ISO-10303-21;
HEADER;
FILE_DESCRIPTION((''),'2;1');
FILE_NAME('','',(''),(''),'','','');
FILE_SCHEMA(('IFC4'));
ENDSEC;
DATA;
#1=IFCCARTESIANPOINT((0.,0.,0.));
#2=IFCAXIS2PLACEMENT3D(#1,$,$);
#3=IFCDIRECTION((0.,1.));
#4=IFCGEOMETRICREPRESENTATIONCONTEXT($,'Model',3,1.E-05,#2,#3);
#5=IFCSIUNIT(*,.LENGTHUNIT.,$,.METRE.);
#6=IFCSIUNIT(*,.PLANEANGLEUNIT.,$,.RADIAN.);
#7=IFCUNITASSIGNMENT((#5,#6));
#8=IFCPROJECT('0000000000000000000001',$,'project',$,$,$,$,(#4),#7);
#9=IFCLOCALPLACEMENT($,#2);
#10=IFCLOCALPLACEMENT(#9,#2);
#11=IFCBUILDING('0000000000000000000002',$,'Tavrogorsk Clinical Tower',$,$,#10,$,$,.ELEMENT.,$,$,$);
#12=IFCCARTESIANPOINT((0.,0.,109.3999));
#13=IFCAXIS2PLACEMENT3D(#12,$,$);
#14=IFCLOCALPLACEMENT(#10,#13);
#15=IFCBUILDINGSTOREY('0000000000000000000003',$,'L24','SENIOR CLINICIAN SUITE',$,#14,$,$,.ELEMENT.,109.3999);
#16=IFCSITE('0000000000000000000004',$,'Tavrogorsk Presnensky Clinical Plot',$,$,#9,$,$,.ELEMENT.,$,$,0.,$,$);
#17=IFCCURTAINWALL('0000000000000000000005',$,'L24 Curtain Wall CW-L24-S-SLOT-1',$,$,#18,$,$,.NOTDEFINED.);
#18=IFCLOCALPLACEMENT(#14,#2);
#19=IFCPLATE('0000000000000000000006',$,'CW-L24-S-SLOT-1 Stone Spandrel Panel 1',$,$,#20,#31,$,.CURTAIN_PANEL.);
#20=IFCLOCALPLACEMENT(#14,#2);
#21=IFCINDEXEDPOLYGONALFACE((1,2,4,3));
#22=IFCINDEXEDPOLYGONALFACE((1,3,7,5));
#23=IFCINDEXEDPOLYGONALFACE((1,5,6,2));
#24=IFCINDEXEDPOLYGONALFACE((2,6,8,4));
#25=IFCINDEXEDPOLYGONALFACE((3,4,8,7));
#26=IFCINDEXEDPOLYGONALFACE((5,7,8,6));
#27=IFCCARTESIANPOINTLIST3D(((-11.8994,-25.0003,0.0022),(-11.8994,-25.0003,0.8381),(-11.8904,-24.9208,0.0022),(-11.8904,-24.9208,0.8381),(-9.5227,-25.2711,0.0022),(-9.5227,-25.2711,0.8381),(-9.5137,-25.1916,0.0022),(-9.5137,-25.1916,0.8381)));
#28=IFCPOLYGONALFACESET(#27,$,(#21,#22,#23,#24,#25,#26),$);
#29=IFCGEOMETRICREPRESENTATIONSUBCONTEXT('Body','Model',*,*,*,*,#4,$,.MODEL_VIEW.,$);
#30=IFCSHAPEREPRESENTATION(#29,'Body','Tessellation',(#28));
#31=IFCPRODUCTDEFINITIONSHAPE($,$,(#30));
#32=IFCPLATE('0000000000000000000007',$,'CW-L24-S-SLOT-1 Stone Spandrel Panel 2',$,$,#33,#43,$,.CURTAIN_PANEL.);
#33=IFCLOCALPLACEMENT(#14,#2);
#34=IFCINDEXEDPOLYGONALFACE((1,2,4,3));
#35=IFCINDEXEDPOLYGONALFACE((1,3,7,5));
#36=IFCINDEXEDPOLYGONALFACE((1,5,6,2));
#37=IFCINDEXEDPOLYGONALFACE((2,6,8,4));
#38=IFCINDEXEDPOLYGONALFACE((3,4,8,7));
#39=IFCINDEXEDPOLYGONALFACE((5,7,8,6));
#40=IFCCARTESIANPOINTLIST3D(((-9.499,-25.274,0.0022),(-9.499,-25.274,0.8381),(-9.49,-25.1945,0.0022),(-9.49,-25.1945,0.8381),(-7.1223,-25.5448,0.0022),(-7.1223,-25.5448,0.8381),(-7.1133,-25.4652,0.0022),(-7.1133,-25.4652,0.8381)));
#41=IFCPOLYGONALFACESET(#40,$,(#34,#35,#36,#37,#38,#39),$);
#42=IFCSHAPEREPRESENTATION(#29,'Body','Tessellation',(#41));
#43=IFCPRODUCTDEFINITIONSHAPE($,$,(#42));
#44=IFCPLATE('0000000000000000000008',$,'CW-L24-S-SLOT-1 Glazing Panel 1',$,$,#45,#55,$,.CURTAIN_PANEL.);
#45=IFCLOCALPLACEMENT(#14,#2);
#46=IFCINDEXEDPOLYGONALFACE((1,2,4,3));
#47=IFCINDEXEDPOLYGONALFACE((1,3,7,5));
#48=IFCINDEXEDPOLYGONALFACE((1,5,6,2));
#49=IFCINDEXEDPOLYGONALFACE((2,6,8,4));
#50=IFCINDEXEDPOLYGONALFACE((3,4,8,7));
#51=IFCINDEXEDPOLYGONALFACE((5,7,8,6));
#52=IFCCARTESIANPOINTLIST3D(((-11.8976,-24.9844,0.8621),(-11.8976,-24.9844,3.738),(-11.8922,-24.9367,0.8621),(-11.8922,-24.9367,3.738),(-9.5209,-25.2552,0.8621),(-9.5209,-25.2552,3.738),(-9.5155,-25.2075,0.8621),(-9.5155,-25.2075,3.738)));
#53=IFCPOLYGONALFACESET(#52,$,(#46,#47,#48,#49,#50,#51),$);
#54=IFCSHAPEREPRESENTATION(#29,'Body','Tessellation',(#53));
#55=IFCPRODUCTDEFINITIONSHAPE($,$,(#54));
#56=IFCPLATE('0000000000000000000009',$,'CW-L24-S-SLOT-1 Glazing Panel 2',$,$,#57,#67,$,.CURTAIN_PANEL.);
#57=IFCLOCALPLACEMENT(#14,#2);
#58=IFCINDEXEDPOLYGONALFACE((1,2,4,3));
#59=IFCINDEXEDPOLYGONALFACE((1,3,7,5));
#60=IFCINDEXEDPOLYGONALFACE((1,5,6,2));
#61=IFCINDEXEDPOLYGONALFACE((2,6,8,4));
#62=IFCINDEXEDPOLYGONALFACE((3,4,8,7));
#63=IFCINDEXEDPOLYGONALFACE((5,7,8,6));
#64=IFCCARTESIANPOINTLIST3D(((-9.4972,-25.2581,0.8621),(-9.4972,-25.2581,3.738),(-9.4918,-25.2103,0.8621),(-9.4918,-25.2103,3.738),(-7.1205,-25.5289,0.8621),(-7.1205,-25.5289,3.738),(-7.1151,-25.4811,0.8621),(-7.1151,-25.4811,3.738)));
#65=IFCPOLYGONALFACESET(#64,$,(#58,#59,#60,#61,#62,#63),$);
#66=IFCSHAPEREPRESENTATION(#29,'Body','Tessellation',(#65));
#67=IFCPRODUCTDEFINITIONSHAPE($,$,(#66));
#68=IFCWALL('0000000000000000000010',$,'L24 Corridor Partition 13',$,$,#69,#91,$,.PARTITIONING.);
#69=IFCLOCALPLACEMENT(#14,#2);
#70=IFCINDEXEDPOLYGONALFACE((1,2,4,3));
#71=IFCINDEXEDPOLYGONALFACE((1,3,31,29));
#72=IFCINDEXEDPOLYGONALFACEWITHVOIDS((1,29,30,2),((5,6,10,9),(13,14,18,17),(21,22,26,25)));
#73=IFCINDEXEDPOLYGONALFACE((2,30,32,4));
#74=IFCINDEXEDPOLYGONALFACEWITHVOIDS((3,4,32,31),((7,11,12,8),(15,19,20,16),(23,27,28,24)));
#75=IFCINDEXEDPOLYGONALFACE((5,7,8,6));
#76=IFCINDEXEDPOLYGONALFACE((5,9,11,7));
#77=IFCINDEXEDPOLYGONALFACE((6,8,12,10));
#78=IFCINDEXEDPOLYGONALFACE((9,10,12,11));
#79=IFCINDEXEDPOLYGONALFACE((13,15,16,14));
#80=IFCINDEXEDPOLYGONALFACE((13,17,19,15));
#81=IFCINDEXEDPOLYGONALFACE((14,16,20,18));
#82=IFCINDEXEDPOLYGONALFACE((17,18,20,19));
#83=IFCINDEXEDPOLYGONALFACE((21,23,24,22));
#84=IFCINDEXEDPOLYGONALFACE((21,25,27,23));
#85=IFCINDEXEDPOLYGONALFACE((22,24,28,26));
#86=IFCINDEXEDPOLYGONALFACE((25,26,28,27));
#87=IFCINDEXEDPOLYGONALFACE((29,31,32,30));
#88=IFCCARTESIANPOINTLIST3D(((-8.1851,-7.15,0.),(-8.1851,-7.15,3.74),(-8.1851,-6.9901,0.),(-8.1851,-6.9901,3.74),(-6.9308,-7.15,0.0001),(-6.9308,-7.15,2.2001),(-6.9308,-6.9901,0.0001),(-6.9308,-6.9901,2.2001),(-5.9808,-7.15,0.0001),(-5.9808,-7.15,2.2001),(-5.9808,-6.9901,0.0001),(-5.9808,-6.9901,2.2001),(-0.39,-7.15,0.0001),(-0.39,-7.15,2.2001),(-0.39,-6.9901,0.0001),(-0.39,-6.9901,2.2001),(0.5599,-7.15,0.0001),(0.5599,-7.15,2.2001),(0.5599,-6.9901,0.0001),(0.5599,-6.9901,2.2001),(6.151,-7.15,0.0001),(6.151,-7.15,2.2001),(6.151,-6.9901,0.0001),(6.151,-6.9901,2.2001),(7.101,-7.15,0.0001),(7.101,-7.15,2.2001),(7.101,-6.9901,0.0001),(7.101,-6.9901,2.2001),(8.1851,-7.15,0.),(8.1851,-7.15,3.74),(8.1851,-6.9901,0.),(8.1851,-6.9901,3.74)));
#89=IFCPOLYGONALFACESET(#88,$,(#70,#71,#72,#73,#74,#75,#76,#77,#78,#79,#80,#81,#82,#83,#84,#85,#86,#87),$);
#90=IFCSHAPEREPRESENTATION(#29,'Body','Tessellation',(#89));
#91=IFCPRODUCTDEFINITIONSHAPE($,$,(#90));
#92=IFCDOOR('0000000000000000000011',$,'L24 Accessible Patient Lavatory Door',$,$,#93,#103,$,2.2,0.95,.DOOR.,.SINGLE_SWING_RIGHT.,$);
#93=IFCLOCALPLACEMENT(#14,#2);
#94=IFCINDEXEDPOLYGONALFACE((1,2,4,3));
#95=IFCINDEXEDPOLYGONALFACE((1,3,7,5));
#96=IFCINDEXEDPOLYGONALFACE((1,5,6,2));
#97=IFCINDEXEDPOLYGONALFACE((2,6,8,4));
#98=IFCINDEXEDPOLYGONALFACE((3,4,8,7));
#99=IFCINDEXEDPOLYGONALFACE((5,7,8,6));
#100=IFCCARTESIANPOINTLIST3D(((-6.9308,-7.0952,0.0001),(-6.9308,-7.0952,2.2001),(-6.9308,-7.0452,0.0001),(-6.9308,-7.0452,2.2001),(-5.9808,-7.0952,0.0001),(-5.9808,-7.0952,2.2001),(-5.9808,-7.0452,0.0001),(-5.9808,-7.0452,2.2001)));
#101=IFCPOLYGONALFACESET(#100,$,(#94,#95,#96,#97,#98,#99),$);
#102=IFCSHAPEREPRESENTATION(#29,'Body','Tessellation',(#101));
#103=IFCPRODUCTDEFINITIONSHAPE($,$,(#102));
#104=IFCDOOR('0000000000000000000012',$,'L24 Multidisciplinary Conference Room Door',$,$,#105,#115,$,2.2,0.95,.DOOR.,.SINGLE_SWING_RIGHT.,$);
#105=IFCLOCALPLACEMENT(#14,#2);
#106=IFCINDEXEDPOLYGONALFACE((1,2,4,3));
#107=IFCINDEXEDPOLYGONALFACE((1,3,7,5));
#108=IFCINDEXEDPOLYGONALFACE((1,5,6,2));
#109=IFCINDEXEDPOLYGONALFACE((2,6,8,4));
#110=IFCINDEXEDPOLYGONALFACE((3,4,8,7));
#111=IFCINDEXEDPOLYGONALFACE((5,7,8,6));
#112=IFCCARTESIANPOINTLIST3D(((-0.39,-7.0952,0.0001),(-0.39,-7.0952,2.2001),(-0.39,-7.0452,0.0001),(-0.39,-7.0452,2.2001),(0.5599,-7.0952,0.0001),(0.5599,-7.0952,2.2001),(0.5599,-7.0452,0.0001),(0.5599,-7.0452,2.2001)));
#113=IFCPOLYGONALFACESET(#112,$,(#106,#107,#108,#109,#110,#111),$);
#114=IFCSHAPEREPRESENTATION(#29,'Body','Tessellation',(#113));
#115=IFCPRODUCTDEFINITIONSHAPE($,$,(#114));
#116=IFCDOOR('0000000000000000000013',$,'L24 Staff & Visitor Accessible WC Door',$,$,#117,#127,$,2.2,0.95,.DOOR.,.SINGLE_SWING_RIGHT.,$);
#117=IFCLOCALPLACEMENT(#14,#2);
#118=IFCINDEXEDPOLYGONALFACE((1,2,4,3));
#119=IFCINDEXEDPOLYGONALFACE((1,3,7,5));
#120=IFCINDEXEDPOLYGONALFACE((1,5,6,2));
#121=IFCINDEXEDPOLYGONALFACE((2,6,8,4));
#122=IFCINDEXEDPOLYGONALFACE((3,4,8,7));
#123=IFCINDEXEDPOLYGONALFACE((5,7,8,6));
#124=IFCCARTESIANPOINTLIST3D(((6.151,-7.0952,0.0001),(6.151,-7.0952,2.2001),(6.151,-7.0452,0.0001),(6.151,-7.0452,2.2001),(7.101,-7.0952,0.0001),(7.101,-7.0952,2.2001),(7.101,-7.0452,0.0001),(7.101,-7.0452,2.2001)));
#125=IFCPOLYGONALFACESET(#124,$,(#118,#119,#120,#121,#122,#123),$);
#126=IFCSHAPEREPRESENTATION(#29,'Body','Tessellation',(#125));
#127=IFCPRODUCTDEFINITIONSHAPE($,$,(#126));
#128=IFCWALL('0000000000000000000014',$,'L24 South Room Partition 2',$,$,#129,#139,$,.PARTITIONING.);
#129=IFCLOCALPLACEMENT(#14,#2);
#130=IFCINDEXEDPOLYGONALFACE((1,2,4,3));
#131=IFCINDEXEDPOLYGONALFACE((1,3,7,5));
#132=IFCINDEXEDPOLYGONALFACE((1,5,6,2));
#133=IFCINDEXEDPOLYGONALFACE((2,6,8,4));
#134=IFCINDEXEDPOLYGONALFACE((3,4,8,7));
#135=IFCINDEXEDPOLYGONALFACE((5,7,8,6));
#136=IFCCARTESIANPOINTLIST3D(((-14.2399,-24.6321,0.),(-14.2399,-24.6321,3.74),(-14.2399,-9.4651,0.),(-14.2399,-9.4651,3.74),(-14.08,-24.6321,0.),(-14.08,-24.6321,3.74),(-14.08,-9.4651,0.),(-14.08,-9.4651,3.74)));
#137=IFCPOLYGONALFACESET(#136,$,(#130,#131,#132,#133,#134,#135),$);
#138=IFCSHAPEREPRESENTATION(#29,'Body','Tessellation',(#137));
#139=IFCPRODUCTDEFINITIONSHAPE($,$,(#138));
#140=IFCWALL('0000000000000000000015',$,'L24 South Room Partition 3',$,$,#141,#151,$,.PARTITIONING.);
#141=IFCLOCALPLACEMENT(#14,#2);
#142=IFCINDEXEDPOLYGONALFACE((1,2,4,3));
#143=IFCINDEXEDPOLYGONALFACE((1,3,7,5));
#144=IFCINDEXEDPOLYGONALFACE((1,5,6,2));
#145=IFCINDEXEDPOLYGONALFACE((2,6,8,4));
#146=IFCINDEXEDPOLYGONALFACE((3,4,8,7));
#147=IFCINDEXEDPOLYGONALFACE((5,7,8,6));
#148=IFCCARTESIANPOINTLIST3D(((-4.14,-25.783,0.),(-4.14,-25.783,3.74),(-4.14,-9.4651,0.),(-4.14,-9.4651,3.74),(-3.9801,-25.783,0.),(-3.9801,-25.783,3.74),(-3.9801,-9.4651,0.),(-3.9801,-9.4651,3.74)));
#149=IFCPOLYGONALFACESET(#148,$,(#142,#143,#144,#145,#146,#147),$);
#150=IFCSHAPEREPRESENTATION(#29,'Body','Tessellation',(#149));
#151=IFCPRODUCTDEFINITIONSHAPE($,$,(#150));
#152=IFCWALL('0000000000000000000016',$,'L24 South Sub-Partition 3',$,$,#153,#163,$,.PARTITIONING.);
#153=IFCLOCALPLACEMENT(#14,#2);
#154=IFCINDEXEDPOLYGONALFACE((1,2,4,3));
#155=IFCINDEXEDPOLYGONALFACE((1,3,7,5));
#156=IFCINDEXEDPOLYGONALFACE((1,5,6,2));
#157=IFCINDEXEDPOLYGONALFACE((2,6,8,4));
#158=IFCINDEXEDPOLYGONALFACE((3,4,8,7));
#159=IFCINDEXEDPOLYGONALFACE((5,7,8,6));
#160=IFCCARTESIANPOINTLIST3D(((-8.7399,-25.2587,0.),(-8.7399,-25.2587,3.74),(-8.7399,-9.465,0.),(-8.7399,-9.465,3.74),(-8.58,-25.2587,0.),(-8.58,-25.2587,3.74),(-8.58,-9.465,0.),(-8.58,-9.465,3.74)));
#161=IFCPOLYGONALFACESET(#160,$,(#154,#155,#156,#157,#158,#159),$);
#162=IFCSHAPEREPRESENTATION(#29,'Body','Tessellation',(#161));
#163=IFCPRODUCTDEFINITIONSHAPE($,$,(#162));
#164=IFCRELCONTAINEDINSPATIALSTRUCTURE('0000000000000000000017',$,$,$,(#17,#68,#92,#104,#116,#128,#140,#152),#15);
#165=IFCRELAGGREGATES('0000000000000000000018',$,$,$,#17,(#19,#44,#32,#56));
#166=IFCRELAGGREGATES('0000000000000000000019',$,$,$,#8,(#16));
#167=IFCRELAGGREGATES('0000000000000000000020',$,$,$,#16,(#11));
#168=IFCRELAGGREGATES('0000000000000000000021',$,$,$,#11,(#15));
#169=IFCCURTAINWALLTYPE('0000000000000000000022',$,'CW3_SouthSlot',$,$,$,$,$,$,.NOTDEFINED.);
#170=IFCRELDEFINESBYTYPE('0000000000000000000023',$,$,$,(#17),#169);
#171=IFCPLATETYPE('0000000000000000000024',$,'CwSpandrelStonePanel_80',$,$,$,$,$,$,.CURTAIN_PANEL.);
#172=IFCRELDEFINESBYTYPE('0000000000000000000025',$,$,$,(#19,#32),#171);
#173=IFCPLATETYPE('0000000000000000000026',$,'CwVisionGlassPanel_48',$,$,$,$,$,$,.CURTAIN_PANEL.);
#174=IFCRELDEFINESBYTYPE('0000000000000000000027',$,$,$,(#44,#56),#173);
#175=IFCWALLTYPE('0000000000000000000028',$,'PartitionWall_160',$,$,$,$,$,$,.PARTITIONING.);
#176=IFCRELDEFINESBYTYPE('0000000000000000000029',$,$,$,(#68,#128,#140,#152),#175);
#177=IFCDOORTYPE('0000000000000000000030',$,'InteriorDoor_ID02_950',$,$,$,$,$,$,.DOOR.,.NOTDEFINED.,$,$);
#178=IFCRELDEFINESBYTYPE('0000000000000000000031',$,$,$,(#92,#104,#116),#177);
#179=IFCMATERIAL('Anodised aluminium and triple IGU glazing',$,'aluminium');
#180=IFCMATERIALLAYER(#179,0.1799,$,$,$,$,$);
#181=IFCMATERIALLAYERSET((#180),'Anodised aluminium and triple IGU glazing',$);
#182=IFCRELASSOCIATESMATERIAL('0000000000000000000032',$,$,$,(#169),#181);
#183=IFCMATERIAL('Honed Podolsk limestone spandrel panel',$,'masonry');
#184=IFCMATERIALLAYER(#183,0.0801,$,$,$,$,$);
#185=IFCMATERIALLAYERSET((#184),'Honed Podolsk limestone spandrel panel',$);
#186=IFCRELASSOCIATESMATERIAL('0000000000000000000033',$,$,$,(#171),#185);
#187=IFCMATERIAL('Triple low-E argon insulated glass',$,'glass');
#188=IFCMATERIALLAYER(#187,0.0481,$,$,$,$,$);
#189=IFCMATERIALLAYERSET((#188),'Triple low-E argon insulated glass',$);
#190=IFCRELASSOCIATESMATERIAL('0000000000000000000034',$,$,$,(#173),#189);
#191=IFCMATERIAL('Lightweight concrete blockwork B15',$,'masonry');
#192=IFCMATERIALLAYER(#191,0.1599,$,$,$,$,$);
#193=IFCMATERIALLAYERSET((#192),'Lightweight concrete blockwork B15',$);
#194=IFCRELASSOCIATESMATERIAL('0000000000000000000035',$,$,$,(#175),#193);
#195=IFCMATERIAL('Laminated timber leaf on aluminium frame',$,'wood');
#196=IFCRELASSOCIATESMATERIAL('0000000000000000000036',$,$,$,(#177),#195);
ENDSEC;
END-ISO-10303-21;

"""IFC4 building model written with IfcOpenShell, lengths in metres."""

from ifc_helpers import new_model, si_unit, direction, frame, frame_2d, origin, origin_2d, place, context, subcontext, project, spatial, rectangle, extrude, material, layer, layer_set, type_object, element, fill, aggregate, save


model = new_model("IFC4")

# Units and contexts
model_context = context("Model", 3, precision=1e-05, world=origin(), true_north=direction((0.0, 1.0)))
body_context = subcontext(model_context, "Body", "Model", "MODEL_VIEW")
ifc_project = project(units=[si_unit("LENGTHUNIT", "METRE"), si_unit("PLANEANGLEUNIT", "RADIAN")], contexts=[model_context])

# Site, building, storey
site_placement = place(None, origin())
site = spatial("IfcSite", under=ifc_project, at=site_placement, Name="Tavrogorsk Presnensky Clinical Plot", CompositionType="ELEMENT", RefElevation=0.0)
building_placement = place(site_placement, origin())
building = spatial("IfcBuilding", under=site, at=building_placement, Name="Tavrogorsk Clinical Tower", CompositionType="ELEMENT")
storey_placement = place(building_placement, frame((0.0, 0.0, 109.3999)))
storey = spatial("IfcBuildingStorey", under=building, at=storey_placement, Name="L24", Description="SENIOR CLINICIAN SUITE", CompositionType="ELEMENT", Elevation=109.3999)

# Curtain wall
ifc_material_1 = material(Name="Anodised aluminium and triple IGU glazing", Category="aluminium")
ifc_layer_1 = layer(ifc_material_1, 0.1799)
ifc_layer_set_1 = layer_set([ifc_layer_1], Name="Anodised aluminium and triple IGU glazing")
curtain_wall_type = type_object("IfcCurtainWallType", Name="CW3_SouthSlot", PredefinedType="NOTDEFINED", material=ifc_layer_set_1)
curtain_wall_placement = place(storey_placement, origin())
curtain_wall = element("IfcCurtainWall", 1, at=curtain_wall_placement, inside=storey, type_object=curtain_wall_type, Name="L24 Curtain Wall CW-L24-S-SLOT-1", PredefinedType="NOTDEFINED")

# Plates
ifc_material_2 = material(Name="Honed Podolsk limestone spandrel panel", Category="masonry")
ifc_layer_2 = layer(ifc_material_2, 0.0801)
ifc_layer_set_2 = layer_set([ifc_layer_2], Name="Honed Podolsk limestone spandrel panel")
plate_type_1 = type_object("IfcPlateType", Name="CwSpandrelStonePanel_80", PredefinedType="CURTAIN_PANEL", material=ifc_layer_set_2)
plate_1_placement = place(storey_placement, frame((-10.7065, -25.0959, 0.0022), z_axis=(0.0, 0.0, 1.0), x_axis=(0.993572, -0.113203, 0.0)))
plate_1 = element("IfcPlate", 2, at=plate_1_placement, type_object=plate_type_1, Name="CW-L24-S-SLOT-1 Stone Spandrel Panel 1", PredefinedType="CURTAIN_PANEL", context=body_context, shape_type="SweptSolid", body=[
    extrude(rectangle(XDim=2.3921, YDim=0.0801, at=origin_2d()), origin(), (0.0, 0.0, 1.0), 0.8359),
])
plate_2_placement = place(storey_placement, frame((-8.3062, -25.3696, 0.0022), z_axis=(0.0, 0.0, 1.0), x_axis=(0.993572, -0.113203, 0.0)))
plate_2 = element("IfcPlate", 3, at=plate_2_placement, type_object=plate_type_1, Name="CW-L24-S-SLOT-1 Stone Spandrel Panel 2", PredefinedType="CURTAIN_PANEL", context=body_context, shape_type="SweptSolid", body=[
    extrude(rectangle(XDim=2.3921, YDim=0.0801, at=origin_2d()), origin(), (0.0, 0.0, 1.0), 0.8359),
])
ifc_material_3 = material(Name="Triple low-E argon insulated glass", Category="glass")
ifc_layer_3 = layer(ifc_material_3, 0.0481)
ifc_layer_set_3 = layer_set([ifc_layer_3], Name="Triple low-E argon insulated glass")
plate_type_2 = type_object("IfcPlateType", Name="CwVisionGlassPanel_48", PredefinedType="CURTAIN_PANEL", material=ifc_layer_set_3)
plate_3_placement = place(storey_placement, frame((-10.7065, -25.0959, 0.8621), z_axis=(0.0, 0.0, 1.0), x_axis=(0.993572, -0.113203, 0.0)))
plate_3 = element("IfcPlate", 4, at=plate_3_placement, type_object=plate_type_2, Name="CW-L24-S-SLOT-1 Glazing Panel 1", PredefinedType="CURTAIN_PANEL", context=body_context, shape_type="SweptSolid", body=[
    extrude(rectangle(XDim=2.3921, YDim=0.0481, at=origin_2d()), origin(), (0.0, 0.0, 1.0), 2.876),
])
plate_4_placement = place(storey_placement, frame((-8.3062, -25.3696, 0.8621), z_axis=(0.0, 0.0, 1.0), x_axis=(0.993572, -0.113203, 0.0)))
plate_4 = element("IfcPlate", 5, at=plate_4_placement, type_object=plate_type_2, Name="CW-L24-S-SLOT-1 Glazing Panel 2", PredefinedType="CURTAIN_PANEL", context=body_context, shape_type="SweptSolid", body=[
    extrude(rectangle(XDim=2.3921, YDim=0.0481, at=origin_2d()), origin(), (0.0, 0.0, 1.0), 2.876),
])
aggregate(curtain_wall, [plate_1, plate_3, plate_2, plate_4])

# Wall, openings, doors
ifc_material_4 = material(Name="Lightweight concrete blockwork B15", Category="masonry")
ifc_layer_4 = layer(ifc_material_4, 0.1599)
ifc_layer_set_4 = layer_set([ifc_layer_4], Name="Lightweight concrete blockwork B15")
wall_type_1 = type_object("IfcWallType", Name="PartitionWall_160", PredefinedType="PARTITIONING", material=ifc_layer_set_4)
wall_1_placement = place(storey_placement, frame((-8.1851, -7.0701, 0.0), z_axis=(0.0, 0.0, 1.0), x_axis=(1.0, 0.0, 0.0)))
wall_1 = element("IfcWall", 6, at=wall_1_placement, inside=storey, type_object=wall_type_1, Name="L24 Corridor Partition 13", PredefinedType="PARTITIONING", context=body_context, shape_type="SweptSolid", body=[
    extrude(rectangle(XDim=16.3701, YDim=0.1599, at=frame_2d((8.1851, 0.0))), origin(), (0.0, 0.0, 1.0), 3.74),
])
opening_1_placement = place(wall_1_placement, frame((1.2542, 0.0, 0.0)))
opening_1 = element("IfcOpeningElement", 7, at=opening_1_placement, cuts=wall_1, PredefinedType="OPENING", context=body_context, shape_type="SweptSolid", body=[
    extrude(rectangle(XDim=0.95, YDim=2.2, at=frame_2d((0.4751, 1.1001))), frame((0.0, 0.0898, 0.0), z_axis=(0.0, -1.0, 0.0), x_axis=(1.0, 0.0, 0.0)), (0.0, 0.0, 1.0), 0.1799),
])
opening_2_placement = place(wall_1_placement, frame((7.7949, 0.0, 0.0)))
opening_2 = element("IfcOpeningElement", 8, at=opening_2_placement, cuts=wall_1, PredefinedType="OPENING", context=body_context, shape_type="SweptSolid", body=[
    extrude(rectangle(XDim=0.95, YDim=2.2, at=frame_2d((0.4751, 1.1001))), frame((0.0, 0.0898, 0.0), z_axis=(0.0, -1.0, 0.0), x_axis=(1.0, 0.0, 0.0)), (0.0, 0.0, 1.0), 0.1799),
])
opening_3_placement = place(wall_1_placement, frame((14.3359, 0.0, 0.0)))
opening_3 = element("IfcOpeningElement", 9, at=opening_3_placement, cuts=wall_1, PredefinedType="OPENING", context=body_context, shape_type="SweptSolid", body=[
    extrude(rectangle(XDim=0.95, YDim=2.2, at=frame_2d((0.4751, 1.1001))), frame((0.0, 0.0898, 0.0), z_axis=(0.0, -1.0, 0.0), x_axis=(1.0, 0.0, 0.0)), (0.0, 0.0, 1.0), 0.1799),
])
ifc_material_5 = material(Name="Laminated timber leaf on aluminium frame", Category="wood")
door_type_1 = type_object("IfcDoorType", Name="InteriorDoor_ID02_950", OperationType="NOTDEFINED", PredefinedType="DOOR", material=ifc_material_5)
door_1_placement = place(opening_1_placement, origin())
door_1 = element("IfcDoor", 10, at=door_1_placement, inside=storey, type_object=door_type_1, Name="L24 Accessible Patient Lavatory Door", OperationType="SINGLE_SWING_RIGHT", OverallHeight=2.2, OverallWidth=0.95, PredefinedType="DOOR", context=body_context, shape_type="SweptSolid", body=[
    extrude(rectangle(XDim=0.95, YDim=2.2, at=frame_2d((0.4751, 1.1001))), frame((0.0, 0.0249, 0.0), z_axis=(0.0, -1.0, 0.0), x_axis=(1.0, 0.0, 0.0)), (0.0, 0.0, 1.0), 0.05),
])
fill(opening_1, door_1)
door_2_placement = place(opening_2_placement, origin())
door_2 = element("IfcDoor", 11, at=door_2_placement, inside=storey, type_object=door_type_1, Name="L24 Multidisciplinary Conference Room Door", OperationType="SINGLE_SWING_RIGHT", OverallHeight=2.2, OverallWidth=0.95, PredefinedType="DOOR", context=body_context, shape_type="SweptSolid", body=[
    extrude(rectangle(XDim=0.95, YDim=2.2, at=frame_2d((0.4751, 1.1001))), frame((0.0, 0.0249, 0.0), z_axis=(0.0, -1.0, 0.0), x_axis=(1.0, 0.0, 0.0)), (0.0, 0.0, 1.0), 0.05),
])
fill(opening_2, door_2)
door_3_placement = place(opening_3_placement, origin())
door_3 = element("IfcDoor", 12, at=door_3_placement, inside=storey, type_object=door_type_1, Name="L24 Staff & Visitor Accessible WC Door", OperationType="SINGLE_SWING_RIGHT", OverallHeight=2.2, OverallWidth=0.95, PredefinedType="DOOR", context=body_context, shape_type="SweptSolid", body=[
    extrude(rectangle(XDim=0.95, YDim=2.2, at=frame_2d((0.4751, 1.1001))), frame((0.0, 0.0249, 0.0), z_axis=(0.0, -1.0, 0.0), x_axis=(1.0, 0.0, 0.0)), (0.0, 0.0, 1.0), 0.05),
])
fill(opening_3, door_3)

# Walls
wall_2_placement = place(storey_placement, frame((-14.1599, -24.6321, 0.0), z_axis=(0.0, 0.0, 1.0), x_axis=(0.0, 1.0, 0.0)))
element("IfcWall", 13, at=wall_2_placement, inside=storey, type_object=wall_type_1, Name="L24 South Room Partition 2", PredefinedType="PARTITIONING", context=body_context, shape_type="SweptSolid", body=[
    extrude(rectangle(XDim=15.167, YDim=0.1599, at=frame_2d((7.5835, 0.0))), origin(), (0.0, 0.0, 1.0), 3.74),
])
wall_3_placement = place(storey_placement, frame((-4.0601, -25.783, 0.0), z_axis=(0.0, 0.0, 1.0), x_axis=(0.0, 1.0, 0.0)))
element("IfcWall", 14, at=wall_3_placement, inside=storey, type_object=wall_type_1, Name="L24 South Room Partition 3", PredefinedType="PARTITIONING", context=body_context, shape_type="SweptSolid", body=[
    extrude(rectangle(XDim=16.3179, YDim=0.1599, at=frame_2d((8.1589, 0.0))), origin(), (0.0, 0.0, 1.0), 3.74),
])
wall_4_placement = place(storey_placement, frame((-8.6599, -25.2588, 0.0), z_axis=(0.0, 0.0, 1.0), x_axis=(0.0, 1.0, 0.0)))
element("IfcWall", 15, at=wall_4_placement, inside=storey, type_object=wall_type_1, Name="L24 South Sub-Partition 3", PredefinedType="PARTITIONING", context=body_context, shape_type="SweptSolid", body=[
    extrude(rectangle(XDim=15.7937, YDim=0.1599, at=frame_2d((7.897, 0.0))), origin(), (0.0, 0.0, 1.0), 3.74),
])

save(model, "model.ifc")
